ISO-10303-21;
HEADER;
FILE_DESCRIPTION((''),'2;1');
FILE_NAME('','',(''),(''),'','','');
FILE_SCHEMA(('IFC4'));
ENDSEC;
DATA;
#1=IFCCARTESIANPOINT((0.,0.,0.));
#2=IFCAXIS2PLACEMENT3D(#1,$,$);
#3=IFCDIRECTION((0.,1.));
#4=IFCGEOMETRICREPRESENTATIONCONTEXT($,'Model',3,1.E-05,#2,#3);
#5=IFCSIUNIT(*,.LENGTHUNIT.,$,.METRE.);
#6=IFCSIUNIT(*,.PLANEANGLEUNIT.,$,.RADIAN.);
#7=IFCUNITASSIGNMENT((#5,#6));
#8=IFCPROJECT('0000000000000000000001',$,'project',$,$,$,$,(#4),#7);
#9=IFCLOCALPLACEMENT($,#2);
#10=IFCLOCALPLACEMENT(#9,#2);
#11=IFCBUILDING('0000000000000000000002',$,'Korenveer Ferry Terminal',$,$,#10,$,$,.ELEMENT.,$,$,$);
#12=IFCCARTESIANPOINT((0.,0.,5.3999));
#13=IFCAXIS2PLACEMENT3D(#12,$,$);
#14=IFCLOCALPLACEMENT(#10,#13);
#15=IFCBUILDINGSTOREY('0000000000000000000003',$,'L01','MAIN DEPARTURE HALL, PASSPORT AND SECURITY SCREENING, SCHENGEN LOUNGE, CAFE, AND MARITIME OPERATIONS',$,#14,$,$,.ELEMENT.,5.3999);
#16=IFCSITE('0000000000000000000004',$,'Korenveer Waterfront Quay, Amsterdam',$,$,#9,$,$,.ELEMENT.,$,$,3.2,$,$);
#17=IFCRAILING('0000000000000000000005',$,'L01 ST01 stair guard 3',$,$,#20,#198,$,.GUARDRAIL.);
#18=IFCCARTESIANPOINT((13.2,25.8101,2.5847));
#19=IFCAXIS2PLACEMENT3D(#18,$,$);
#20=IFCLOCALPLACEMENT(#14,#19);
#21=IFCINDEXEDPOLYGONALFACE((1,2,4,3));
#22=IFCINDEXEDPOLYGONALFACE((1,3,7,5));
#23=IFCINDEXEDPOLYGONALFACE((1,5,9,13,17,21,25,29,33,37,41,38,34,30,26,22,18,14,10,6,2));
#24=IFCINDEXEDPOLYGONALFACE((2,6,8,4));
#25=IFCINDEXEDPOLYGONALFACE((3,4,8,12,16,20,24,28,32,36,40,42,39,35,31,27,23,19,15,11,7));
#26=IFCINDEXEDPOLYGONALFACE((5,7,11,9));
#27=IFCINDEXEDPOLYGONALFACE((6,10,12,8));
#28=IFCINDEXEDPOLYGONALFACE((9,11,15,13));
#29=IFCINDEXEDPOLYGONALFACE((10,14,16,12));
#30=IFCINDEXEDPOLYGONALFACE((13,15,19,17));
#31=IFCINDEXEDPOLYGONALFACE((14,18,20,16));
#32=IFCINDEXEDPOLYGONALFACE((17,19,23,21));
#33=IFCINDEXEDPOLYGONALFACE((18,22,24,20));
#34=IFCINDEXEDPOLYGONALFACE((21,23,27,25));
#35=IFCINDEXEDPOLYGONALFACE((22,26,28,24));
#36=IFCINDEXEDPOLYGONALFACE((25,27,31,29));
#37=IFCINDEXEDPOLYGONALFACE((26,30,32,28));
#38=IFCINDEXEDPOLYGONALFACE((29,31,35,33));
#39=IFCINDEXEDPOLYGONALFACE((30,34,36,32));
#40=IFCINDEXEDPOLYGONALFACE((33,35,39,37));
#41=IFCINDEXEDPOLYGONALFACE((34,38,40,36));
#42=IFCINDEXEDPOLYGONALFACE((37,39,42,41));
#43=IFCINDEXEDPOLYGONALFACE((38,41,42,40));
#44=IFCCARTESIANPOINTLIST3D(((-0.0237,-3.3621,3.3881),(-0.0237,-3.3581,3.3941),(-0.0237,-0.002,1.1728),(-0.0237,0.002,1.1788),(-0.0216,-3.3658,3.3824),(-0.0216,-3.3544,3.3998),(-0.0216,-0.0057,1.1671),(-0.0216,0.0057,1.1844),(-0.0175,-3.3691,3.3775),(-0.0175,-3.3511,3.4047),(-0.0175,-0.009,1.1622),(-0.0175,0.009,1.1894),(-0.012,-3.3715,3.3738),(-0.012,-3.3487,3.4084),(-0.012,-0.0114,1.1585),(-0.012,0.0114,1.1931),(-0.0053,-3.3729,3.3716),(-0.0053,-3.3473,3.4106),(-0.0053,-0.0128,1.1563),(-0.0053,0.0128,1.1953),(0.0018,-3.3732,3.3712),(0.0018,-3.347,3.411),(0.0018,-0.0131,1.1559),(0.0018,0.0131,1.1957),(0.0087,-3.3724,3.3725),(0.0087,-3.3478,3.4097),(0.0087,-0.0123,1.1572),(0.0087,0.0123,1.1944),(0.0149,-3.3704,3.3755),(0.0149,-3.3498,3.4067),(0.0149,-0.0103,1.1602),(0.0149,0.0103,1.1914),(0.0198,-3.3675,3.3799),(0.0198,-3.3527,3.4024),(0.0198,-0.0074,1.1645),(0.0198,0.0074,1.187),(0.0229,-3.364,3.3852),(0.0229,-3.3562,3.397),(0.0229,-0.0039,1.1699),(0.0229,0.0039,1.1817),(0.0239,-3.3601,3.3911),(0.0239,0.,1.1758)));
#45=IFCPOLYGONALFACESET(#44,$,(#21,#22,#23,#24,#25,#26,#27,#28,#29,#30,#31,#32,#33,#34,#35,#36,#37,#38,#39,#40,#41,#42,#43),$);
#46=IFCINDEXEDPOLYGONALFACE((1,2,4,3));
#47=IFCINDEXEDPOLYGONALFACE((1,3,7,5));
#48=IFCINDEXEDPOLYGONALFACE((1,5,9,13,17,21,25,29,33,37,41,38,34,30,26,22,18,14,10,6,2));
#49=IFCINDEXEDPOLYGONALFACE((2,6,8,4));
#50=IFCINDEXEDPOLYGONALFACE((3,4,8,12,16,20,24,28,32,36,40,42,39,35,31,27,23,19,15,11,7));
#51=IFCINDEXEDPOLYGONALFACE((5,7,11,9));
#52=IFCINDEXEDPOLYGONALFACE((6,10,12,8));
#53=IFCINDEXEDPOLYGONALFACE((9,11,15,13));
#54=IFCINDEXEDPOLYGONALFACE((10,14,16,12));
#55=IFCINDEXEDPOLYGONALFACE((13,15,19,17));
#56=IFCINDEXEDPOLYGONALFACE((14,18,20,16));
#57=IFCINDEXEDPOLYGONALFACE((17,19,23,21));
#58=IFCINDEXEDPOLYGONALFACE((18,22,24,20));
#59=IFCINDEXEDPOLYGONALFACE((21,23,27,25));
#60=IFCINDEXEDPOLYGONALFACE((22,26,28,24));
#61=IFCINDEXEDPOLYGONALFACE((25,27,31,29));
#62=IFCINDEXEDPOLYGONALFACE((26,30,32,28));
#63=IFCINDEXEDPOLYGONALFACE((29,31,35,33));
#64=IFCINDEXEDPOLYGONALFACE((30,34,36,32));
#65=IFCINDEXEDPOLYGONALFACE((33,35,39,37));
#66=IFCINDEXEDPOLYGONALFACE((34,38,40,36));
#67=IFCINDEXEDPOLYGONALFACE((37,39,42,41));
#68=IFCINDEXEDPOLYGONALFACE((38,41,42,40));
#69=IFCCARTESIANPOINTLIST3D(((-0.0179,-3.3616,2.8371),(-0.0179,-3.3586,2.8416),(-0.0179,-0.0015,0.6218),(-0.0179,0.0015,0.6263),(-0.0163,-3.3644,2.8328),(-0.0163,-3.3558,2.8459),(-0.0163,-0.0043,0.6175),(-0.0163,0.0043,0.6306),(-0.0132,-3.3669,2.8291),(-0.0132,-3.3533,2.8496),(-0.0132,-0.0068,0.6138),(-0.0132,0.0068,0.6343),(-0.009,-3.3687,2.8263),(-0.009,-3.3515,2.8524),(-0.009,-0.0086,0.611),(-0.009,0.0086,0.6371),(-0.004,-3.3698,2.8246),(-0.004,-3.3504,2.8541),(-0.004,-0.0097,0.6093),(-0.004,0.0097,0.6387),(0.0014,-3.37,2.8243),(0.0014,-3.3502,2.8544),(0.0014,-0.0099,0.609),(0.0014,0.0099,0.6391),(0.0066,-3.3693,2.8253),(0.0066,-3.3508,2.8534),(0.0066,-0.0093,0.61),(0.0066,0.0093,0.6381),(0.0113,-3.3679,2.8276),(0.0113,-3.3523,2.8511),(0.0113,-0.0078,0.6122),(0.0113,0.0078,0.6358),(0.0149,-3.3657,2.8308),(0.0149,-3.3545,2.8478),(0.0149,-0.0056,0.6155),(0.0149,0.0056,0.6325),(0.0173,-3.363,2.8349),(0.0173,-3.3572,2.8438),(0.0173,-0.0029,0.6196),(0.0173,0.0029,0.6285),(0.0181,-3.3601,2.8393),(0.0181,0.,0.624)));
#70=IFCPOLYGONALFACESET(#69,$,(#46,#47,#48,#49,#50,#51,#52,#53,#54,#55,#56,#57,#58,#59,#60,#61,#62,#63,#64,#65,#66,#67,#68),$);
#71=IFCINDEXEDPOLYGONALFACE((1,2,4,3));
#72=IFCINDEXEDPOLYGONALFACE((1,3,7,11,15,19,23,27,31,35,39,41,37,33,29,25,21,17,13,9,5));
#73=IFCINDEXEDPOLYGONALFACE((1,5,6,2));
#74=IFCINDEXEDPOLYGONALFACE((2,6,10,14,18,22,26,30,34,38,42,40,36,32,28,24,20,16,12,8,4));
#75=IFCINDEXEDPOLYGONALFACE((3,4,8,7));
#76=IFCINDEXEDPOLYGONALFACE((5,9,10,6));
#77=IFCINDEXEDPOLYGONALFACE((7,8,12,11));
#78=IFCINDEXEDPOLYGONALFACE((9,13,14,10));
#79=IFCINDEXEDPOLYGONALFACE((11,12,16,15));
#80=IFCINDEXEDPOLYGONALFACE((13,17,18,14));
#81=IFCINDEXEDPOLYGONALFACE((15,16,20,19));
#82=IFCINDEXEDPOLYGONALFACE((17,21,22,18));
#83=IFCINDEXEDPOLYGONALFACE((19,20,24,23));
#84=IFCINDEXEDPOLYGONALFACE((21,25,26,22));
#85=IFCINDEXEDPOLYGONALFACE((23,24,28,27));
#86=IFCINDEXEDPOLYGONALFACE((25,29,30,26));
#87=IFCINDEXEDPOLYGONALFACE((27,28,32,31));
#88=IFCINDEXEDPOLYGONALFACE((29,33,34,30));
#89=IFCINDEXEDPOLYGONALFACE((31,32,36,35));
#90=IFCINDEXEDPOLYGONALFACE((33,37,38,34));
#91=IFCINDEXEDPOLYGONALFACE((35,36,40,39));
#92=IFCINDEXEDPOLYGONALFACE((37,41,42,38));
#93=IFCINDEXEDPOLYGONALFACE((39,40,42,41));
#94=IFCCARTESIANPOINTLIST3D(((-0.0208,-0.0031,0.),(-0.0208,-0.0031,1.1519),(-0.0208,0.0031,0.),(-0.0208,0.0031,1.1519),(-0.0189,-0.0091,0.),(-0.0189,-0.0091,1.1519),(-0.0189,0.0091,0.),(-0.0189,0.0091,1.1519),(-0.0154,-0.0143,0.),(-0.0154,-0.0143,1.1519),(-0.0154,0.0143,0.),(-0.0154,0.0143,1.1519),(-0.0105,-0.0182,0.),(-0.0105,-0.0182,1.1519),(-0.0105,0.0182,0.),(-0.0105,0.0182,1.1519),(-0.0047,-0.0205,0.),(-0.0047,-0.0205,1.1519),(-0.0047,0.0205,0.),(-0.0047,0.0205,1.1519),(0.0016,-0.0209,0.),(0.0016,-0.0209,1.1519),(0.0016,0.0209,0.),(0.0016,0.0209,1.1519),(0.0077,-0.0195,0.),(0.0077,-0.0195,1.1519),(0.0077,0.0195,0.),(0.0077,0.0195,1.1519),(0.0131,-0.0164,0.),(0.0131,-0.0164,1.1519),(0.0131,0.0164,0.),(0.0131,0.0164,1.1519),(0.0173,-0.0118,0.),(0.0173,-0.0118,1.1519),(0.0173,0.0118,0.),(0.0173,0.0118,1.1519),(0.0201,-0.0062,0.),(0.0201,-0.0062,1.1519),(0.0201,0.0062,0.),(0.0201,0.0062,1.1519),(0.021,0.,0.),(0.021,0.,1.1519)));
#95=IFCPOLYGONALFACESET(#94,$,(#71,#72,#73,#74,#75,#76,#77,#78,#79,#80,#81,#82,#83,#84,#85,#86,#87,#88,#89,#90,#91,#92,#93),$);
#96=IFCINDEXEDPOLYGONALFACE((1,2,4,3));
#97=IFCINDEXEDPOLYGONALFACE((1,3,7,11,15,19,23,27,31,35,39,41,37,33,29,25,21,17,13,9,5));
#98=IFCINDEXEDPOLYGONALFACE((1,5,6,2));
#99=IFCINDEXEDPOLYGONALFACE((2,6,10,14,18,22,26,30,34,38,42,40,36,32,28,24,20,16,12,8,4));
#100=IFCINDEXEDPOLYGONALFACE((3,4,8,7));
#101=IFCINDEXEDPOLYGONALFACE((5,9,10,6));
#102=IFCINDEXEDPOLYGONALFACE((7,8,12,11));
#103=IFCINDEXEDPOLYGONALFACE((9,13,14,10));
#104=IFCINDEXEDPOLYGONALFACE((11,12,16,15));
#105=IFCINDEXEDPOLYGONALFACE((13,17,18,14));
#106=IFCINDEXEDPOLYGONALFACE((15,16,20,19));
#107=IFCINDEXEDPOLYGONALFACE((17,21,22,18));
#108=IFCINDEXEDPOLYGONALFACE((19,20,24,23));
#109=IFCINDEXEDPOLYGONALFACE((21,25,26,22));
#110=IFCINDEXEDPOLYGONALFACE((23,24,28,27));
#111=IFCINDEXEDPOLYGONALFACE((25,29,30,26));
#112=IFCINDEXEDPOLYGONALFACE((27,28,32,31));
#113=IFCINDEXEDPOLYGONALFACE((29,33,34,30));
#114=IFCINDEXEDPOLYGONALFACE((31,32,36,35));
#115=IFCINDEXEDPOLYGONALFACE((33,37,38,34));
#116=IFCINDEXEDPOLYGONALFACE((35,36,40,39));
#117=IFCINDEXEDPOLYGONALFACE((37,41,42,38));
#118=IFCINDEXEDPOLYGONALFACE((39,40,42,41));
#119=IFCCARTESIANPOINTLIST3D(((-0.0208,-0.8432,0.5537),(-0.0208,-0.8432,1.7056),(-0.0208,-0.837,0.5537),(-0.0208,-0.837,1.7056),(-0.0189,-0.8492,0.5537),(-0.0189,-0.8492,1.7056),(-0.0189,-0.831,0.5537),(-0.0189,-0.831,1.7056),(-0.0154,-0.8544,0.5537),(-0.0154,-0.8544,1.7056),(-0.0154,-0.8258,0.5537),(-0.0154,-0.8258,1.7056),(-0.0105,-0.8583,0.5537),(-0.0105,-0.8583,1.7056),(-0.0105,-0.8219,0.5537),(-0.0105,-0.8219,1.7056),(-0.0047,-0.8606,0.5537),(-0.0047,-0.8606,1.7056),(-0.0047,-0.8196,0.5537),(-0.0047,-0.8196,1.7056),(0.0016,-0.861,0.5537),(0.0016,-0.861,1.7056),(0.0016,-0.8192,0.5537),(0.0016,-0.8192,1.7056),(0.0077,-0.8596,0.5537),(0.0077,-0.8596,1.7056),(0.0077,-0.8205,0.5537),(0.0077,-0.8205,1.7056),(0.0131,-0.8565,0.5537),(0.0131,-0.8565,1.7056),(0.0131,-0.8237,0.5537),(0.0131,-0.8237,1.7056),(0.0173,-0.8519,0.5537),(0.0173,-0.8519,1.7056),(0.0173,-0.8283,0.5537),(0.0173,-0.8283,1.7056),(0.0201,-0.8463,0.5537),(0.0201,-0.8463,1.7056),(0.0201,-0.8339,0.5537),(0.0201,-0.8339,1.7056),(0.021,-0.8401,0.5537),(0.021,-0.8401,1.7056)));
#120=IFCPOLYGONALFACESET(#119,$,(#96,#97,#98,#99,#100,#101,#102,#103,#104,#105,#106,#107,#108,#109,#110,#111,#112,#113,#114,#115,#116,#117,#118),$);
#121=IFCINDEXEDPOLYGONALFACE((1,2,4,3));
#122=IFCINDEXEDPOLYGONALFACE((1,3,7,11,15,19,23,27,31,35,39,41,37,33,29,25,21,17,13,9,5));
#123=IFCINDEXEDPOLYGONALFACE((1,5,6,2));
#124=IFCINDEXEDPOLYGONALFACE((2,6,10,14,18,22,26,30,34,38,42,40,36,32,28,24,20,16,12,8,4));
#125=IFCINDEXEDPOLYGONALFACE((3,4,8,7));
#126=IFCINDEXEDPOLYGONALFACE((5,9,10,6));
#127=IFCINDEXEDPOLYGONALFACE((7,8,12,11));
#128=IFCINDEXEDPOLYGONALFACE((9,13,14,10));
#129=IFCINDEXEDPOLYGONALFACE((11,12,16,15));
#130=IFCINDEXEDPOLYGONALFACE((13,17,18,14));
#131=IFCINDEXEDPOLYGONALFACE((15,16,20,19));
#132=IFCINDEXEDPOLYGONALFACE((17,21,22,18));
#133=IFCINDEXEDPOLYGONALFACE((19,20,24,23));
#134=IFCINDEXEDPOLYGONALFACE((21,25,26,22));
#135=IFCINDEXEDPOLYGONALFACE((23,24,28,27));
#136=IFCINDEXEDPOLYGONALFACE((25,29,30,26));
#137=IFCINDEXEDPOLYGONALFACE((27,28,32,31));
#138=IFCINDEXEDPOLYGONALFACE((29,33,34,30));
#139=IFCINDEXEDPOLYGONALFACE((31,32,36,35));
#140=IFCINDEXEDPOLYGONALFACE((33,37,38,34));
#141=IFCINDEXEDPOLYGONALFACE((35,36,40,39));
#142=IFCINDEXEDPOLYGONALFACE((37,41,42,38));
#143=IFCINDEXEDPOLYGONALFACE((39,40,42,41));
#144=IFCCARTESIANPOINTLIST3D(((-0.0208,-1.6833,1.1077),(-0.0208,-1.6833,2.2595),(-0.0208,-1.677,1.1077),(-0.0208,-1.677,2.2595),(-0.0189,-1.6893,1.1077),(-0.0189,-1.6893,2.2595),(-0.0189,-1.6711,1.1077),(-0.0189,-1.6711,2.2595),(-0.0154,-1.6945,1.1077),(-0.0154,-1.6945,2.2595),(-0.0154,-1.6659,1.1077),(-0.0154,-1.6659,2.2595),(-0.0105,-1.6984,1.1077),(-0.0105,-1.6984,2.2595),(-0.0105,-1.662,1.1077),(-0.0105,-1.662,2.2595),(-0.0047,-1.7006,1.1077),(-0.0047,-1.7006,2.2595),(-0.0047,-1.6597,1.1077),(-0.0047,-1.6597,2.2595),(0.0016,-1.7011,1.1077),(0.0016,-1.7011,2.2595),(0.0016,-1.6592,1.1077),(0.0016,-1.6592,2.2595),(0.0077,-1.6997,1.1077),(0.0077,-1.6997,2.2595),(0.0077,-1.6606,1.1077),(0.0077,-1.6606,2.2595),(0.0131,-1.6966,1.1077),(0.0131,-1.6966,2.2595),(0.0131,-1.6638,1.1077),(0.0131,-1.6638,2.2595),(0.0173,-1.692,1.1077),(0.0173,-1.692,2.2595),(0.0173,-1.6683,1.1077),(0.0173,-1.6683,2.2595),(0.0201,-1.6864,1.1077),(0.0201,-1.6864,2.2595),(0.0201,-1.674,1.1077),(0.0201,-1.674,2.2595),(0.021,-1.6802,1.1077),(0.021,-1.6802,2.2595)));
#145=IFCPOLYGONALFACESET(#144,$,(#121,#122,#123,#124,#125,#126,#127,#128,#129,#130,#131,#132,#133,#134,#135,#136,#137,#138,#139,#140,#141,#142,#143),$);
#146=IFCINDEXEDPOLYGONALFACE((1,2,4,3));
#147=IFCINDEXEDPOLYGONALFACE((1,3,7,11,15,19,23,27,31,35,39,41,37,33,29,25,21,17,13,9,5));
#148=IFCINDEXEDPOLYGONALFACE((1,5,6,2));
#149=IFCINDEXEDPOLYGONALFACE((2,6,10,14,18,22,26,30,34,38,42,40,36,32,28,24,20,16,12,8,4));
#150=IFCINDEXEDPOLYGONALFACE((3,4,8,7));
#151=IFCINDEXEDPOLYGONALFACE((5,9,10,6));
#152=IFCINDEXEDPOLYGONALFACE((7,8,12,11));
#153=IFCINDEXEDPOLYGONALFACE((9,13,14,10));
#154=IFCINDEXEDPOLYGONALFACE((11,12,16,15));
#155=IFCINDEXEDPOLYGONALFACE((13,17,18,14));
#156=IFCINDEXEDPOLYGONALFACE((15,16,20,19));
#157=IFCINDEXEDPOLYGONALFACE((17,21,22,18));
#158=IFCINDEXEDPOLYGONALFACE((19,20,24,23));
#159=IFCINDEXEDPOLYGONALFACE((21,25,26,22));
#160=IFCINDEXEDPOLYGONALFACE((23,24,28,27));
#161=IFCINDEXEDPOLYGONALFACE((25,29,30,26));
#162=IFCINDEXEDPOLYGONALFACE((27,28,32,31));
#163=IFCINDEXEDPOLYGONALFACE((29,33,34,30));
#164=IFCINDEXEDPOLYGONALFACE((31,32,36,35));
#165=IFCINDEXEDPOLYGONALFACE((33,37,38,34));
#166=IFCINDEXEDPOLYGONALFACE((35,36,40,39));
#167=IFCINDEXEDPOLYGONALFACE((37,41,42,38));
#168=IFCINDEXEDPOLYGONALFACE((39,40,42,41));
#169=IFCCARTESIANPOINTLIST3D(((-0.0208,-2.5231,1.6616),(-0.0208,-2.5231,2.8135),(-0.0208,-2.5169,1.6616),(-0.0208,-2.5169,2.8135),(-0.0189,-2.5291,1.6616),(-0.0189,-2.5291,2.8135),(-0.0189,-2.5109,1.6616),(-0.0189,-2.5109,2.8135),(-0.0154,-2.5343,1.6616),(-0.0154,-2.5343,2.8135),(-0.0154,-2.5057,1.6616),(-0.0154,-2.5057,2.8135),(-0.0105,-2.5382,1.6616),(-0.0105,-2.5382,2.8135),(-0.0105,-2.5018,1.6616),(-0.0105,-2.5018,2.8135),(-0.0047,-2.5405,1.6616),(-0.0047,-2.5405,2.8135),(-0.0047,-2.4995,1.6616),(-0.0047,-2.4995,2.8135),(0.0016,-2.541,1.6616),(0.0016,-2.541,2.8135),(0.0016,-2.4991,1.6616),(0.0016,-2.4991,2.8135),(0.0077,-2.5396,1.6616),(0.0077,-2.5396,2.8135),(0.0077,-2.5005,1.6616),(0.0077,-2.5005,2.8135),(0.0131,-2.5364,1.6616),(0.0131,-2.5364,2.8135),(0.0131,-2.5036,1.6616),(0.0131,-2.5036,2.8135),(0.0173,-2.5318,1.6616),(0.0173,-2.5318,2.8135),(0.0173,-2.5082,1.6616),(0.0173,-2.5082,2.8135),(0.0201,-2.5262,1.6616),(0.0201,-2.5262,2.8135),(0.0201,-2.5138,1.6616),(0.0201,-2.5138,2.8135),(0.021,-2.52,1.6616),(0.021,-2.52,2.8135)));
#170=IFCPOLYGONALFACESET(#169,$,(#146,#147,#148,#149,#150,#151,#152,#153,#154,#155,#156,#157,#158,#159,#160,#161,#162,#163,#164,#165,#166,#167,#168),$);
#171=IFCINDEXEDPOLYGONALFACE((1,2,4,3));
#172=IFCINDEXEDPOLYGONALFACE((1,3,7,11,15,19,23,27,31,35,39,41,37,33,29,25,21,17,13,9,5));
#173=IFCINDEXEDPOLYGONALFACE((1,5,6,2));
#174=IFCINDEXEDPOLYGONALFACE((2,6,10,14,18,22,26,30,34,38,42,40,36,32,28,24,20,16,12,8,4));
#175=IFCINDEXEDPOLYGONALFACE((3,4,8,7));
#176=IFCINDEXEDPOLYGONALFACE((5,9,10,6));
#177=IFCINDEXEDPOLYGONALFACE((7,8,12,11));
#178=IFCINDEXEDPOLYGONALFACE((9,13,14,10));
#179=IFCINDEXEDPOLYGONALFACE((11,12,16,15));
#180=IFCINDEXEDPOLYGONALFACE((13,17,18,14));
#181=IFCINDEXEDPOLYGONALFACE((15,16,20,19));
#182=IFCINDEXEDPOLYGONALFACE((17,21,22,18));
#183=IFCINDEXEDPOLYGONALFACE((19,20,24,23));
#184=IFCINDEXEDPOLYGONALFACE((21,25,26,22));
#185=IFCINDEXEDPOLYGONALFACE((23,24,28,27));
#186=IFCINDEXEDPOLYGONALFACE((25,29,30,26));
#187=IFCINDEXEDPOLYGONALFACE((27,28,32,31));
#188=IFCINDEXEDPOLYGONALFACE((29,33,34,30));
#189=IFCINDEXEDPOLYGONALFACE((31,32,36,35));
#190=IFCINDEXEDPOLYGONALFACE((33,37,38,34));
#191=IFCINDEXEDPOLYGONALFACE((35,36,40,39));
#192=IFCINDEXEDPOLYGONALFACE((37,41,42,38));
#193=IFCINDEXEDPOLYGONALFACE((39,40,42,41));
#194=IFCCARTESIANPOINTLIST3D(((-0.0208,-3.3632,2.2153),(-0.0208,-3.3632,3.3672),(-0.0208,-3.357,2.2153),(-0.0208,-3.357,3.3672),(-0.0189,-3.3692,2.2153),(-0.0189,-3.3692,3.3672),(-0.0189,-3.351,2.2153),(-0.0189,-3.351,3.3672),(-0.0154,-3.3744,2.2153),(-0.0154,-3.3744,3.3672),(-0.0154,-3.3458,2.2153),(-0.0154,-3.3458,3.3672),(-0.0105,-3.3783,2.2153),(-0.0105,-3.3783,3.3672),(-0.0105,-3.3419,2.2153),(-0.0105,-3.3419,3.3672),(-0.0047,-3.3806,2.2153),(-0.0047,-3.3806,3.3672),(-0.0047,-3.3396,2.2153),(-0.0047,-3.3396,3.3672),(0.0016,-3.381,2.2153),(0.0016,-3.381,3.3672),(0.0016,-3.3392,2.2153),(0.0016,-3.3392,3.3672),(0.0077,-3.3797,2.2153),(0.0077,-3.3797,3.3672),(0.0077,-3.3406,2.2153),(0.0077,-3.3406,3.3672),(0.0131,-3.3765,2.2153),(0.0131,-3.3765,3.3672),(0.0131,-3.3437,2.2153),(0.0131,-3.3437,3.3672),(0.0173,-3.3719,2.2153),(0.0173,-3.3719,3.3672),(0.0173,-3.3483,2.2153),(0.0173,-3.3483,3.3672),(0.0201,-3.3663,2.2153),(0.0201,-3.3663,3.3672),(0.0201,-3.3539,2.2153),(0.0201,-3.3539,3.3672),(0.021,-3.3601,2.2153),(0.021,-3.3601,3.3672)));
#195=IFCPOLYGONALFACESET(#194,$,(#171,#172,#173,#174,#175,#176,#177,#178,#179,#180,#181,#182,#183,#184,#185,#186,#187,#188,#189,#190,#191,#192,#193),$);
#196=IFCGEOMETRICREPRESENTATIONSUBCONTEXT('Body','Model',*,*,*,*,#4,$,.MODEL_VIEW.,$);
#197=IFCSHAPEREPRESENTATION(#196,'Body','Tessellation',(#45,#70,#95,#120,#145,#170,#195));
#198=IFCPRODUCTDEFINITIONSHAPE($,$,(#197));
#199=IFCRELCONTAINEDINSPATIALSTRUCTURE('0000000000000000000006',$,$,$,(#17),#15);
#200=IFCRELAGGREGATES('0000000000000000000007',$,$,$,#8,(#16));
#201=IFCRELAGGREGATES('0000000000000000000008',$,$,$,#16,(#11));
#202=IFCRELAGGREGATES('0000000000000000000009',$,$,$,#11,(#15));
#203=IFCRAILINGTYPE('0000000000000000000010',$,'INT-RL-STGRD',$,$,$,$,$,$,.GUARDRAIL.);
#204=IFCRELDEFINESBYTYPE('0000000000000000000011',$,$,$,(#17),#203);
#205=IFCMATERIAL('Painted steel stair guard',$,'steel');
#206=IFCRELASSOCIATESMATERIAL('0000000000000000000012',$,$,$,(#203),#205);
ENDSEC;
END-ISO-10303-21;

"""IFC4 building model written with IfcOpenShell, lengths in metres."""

from ifc_helpers import new_model, si_unit, direction, frame, origin, origin_2d, place, context, subcontext, project, spatial, circle, extrude, material, type_object, element, save


model = new_model("IFC4")

# Units and contexts
model_context = context("Model", 3, precision=1e-05, world=origin(), true_north=direction((0.0, 1.0)))
body_context = subcontext(model_context, "Body", "Model", "MODEL_VIEW")
ifc_project = project(units=[si_unit("LENGTHUNIT", "METRE"), si_unit("PLANEANGLEUNIT", "RADIAN")], contexts=[model_context])

# Site, building, storey
site_placement = place(None, origin())
site = spatial("IfcSite", under=ifc_project, at=site_placement, Name="Korenveer Waterfront Quay, Amsterdam", CompositionType="ELEMENT", RefElevation=3.2)
building_placement = place(site_placement, origin())
building = spatial("IfcBuilding", under=site, at=building_placement, Name="Korenveer Ferry Terminal", CompositionType="ELEMENT")
storey_placement = place(building_placement, frame((0.0, 0.0, 5.3999)))
storey = spatial("IfcBuildingStorey", under=building, at=storey_placement, Name="L01", Description="MAIN DEPARTURE HALL, PASSPORT AND SECURITY SCREENING, SCHENGEN LOUNGE, CAFE, AND MARITIME OPERATIONS", CompositionType="ELEMENT", Elevation=5.3999)

# Railing
ifc_material_1 = material(Name="Painted steel stair guard", Category="steel")
railing_type_1 = type_object("IfcRailingType", Name="INT-RL-STGRD", PredefinedType="GUARDRAIL", material=ifc_material_1)
railing_1_placement = place(storey_placement, frame((13.2, 25.8101, 2.5847)))
element("IfcRailing", 1, at=railing_1_placement, inside=storey, type_object=railing_type_1, Name="L01 ST01 stair guard 3", PredefinedType="GUARDRAIL", context=body_context, shape_type="SweptSolid", body=[
    extrude(circle(Radius=0.0239, at=origin_2d()), frame((0.0, 0.0, 1.1758), z_axis=(0.0, -0.834876, 0.550437), x_axis=(1.0, 0.0, 0.0)), (0.0, 0.0, 1.0), 4.0247),
    extrude(circle(Radius=0.0181, at=origin_2d()), frame((0.0, 0.0, 0.624), z_axis=(0.0, -0.834876, 0.550437), x_axis=(1.0, 0.0, 0.0)), (0.0, 0.0, 1.0), 4.0247),
    extrude(circle(Radius=0.021, at=origin_2d()), origin(), (0.0, 0.0, 1.0), 1.1519),
    extrude(circle(Radius=0.021, at=origin_2d()), frame((0.0, -0.8401, 0.5537)), (0.0, 0.0, 1.0), 1.1519),
    extrude(circle(Radius=0.021, at=origin_2d()), frame((0.0, -1.6802, 1.1077)), (0.0, 0.0, 1.0), 1.1519),
    extrude(circle(Radius=0.021, at=origin_2d()), frame((0.0, -2.52, 1.6616)), (0.0, 0.0, 1.0), 1.1519),
    extrude(circle(Radius=0.021, at=origin_2d()), frame((0.0, -3.3601, 2.2153)), (0.0, 0.0, 1.0), 1.1519),
])

save(model, "model.ifc")
